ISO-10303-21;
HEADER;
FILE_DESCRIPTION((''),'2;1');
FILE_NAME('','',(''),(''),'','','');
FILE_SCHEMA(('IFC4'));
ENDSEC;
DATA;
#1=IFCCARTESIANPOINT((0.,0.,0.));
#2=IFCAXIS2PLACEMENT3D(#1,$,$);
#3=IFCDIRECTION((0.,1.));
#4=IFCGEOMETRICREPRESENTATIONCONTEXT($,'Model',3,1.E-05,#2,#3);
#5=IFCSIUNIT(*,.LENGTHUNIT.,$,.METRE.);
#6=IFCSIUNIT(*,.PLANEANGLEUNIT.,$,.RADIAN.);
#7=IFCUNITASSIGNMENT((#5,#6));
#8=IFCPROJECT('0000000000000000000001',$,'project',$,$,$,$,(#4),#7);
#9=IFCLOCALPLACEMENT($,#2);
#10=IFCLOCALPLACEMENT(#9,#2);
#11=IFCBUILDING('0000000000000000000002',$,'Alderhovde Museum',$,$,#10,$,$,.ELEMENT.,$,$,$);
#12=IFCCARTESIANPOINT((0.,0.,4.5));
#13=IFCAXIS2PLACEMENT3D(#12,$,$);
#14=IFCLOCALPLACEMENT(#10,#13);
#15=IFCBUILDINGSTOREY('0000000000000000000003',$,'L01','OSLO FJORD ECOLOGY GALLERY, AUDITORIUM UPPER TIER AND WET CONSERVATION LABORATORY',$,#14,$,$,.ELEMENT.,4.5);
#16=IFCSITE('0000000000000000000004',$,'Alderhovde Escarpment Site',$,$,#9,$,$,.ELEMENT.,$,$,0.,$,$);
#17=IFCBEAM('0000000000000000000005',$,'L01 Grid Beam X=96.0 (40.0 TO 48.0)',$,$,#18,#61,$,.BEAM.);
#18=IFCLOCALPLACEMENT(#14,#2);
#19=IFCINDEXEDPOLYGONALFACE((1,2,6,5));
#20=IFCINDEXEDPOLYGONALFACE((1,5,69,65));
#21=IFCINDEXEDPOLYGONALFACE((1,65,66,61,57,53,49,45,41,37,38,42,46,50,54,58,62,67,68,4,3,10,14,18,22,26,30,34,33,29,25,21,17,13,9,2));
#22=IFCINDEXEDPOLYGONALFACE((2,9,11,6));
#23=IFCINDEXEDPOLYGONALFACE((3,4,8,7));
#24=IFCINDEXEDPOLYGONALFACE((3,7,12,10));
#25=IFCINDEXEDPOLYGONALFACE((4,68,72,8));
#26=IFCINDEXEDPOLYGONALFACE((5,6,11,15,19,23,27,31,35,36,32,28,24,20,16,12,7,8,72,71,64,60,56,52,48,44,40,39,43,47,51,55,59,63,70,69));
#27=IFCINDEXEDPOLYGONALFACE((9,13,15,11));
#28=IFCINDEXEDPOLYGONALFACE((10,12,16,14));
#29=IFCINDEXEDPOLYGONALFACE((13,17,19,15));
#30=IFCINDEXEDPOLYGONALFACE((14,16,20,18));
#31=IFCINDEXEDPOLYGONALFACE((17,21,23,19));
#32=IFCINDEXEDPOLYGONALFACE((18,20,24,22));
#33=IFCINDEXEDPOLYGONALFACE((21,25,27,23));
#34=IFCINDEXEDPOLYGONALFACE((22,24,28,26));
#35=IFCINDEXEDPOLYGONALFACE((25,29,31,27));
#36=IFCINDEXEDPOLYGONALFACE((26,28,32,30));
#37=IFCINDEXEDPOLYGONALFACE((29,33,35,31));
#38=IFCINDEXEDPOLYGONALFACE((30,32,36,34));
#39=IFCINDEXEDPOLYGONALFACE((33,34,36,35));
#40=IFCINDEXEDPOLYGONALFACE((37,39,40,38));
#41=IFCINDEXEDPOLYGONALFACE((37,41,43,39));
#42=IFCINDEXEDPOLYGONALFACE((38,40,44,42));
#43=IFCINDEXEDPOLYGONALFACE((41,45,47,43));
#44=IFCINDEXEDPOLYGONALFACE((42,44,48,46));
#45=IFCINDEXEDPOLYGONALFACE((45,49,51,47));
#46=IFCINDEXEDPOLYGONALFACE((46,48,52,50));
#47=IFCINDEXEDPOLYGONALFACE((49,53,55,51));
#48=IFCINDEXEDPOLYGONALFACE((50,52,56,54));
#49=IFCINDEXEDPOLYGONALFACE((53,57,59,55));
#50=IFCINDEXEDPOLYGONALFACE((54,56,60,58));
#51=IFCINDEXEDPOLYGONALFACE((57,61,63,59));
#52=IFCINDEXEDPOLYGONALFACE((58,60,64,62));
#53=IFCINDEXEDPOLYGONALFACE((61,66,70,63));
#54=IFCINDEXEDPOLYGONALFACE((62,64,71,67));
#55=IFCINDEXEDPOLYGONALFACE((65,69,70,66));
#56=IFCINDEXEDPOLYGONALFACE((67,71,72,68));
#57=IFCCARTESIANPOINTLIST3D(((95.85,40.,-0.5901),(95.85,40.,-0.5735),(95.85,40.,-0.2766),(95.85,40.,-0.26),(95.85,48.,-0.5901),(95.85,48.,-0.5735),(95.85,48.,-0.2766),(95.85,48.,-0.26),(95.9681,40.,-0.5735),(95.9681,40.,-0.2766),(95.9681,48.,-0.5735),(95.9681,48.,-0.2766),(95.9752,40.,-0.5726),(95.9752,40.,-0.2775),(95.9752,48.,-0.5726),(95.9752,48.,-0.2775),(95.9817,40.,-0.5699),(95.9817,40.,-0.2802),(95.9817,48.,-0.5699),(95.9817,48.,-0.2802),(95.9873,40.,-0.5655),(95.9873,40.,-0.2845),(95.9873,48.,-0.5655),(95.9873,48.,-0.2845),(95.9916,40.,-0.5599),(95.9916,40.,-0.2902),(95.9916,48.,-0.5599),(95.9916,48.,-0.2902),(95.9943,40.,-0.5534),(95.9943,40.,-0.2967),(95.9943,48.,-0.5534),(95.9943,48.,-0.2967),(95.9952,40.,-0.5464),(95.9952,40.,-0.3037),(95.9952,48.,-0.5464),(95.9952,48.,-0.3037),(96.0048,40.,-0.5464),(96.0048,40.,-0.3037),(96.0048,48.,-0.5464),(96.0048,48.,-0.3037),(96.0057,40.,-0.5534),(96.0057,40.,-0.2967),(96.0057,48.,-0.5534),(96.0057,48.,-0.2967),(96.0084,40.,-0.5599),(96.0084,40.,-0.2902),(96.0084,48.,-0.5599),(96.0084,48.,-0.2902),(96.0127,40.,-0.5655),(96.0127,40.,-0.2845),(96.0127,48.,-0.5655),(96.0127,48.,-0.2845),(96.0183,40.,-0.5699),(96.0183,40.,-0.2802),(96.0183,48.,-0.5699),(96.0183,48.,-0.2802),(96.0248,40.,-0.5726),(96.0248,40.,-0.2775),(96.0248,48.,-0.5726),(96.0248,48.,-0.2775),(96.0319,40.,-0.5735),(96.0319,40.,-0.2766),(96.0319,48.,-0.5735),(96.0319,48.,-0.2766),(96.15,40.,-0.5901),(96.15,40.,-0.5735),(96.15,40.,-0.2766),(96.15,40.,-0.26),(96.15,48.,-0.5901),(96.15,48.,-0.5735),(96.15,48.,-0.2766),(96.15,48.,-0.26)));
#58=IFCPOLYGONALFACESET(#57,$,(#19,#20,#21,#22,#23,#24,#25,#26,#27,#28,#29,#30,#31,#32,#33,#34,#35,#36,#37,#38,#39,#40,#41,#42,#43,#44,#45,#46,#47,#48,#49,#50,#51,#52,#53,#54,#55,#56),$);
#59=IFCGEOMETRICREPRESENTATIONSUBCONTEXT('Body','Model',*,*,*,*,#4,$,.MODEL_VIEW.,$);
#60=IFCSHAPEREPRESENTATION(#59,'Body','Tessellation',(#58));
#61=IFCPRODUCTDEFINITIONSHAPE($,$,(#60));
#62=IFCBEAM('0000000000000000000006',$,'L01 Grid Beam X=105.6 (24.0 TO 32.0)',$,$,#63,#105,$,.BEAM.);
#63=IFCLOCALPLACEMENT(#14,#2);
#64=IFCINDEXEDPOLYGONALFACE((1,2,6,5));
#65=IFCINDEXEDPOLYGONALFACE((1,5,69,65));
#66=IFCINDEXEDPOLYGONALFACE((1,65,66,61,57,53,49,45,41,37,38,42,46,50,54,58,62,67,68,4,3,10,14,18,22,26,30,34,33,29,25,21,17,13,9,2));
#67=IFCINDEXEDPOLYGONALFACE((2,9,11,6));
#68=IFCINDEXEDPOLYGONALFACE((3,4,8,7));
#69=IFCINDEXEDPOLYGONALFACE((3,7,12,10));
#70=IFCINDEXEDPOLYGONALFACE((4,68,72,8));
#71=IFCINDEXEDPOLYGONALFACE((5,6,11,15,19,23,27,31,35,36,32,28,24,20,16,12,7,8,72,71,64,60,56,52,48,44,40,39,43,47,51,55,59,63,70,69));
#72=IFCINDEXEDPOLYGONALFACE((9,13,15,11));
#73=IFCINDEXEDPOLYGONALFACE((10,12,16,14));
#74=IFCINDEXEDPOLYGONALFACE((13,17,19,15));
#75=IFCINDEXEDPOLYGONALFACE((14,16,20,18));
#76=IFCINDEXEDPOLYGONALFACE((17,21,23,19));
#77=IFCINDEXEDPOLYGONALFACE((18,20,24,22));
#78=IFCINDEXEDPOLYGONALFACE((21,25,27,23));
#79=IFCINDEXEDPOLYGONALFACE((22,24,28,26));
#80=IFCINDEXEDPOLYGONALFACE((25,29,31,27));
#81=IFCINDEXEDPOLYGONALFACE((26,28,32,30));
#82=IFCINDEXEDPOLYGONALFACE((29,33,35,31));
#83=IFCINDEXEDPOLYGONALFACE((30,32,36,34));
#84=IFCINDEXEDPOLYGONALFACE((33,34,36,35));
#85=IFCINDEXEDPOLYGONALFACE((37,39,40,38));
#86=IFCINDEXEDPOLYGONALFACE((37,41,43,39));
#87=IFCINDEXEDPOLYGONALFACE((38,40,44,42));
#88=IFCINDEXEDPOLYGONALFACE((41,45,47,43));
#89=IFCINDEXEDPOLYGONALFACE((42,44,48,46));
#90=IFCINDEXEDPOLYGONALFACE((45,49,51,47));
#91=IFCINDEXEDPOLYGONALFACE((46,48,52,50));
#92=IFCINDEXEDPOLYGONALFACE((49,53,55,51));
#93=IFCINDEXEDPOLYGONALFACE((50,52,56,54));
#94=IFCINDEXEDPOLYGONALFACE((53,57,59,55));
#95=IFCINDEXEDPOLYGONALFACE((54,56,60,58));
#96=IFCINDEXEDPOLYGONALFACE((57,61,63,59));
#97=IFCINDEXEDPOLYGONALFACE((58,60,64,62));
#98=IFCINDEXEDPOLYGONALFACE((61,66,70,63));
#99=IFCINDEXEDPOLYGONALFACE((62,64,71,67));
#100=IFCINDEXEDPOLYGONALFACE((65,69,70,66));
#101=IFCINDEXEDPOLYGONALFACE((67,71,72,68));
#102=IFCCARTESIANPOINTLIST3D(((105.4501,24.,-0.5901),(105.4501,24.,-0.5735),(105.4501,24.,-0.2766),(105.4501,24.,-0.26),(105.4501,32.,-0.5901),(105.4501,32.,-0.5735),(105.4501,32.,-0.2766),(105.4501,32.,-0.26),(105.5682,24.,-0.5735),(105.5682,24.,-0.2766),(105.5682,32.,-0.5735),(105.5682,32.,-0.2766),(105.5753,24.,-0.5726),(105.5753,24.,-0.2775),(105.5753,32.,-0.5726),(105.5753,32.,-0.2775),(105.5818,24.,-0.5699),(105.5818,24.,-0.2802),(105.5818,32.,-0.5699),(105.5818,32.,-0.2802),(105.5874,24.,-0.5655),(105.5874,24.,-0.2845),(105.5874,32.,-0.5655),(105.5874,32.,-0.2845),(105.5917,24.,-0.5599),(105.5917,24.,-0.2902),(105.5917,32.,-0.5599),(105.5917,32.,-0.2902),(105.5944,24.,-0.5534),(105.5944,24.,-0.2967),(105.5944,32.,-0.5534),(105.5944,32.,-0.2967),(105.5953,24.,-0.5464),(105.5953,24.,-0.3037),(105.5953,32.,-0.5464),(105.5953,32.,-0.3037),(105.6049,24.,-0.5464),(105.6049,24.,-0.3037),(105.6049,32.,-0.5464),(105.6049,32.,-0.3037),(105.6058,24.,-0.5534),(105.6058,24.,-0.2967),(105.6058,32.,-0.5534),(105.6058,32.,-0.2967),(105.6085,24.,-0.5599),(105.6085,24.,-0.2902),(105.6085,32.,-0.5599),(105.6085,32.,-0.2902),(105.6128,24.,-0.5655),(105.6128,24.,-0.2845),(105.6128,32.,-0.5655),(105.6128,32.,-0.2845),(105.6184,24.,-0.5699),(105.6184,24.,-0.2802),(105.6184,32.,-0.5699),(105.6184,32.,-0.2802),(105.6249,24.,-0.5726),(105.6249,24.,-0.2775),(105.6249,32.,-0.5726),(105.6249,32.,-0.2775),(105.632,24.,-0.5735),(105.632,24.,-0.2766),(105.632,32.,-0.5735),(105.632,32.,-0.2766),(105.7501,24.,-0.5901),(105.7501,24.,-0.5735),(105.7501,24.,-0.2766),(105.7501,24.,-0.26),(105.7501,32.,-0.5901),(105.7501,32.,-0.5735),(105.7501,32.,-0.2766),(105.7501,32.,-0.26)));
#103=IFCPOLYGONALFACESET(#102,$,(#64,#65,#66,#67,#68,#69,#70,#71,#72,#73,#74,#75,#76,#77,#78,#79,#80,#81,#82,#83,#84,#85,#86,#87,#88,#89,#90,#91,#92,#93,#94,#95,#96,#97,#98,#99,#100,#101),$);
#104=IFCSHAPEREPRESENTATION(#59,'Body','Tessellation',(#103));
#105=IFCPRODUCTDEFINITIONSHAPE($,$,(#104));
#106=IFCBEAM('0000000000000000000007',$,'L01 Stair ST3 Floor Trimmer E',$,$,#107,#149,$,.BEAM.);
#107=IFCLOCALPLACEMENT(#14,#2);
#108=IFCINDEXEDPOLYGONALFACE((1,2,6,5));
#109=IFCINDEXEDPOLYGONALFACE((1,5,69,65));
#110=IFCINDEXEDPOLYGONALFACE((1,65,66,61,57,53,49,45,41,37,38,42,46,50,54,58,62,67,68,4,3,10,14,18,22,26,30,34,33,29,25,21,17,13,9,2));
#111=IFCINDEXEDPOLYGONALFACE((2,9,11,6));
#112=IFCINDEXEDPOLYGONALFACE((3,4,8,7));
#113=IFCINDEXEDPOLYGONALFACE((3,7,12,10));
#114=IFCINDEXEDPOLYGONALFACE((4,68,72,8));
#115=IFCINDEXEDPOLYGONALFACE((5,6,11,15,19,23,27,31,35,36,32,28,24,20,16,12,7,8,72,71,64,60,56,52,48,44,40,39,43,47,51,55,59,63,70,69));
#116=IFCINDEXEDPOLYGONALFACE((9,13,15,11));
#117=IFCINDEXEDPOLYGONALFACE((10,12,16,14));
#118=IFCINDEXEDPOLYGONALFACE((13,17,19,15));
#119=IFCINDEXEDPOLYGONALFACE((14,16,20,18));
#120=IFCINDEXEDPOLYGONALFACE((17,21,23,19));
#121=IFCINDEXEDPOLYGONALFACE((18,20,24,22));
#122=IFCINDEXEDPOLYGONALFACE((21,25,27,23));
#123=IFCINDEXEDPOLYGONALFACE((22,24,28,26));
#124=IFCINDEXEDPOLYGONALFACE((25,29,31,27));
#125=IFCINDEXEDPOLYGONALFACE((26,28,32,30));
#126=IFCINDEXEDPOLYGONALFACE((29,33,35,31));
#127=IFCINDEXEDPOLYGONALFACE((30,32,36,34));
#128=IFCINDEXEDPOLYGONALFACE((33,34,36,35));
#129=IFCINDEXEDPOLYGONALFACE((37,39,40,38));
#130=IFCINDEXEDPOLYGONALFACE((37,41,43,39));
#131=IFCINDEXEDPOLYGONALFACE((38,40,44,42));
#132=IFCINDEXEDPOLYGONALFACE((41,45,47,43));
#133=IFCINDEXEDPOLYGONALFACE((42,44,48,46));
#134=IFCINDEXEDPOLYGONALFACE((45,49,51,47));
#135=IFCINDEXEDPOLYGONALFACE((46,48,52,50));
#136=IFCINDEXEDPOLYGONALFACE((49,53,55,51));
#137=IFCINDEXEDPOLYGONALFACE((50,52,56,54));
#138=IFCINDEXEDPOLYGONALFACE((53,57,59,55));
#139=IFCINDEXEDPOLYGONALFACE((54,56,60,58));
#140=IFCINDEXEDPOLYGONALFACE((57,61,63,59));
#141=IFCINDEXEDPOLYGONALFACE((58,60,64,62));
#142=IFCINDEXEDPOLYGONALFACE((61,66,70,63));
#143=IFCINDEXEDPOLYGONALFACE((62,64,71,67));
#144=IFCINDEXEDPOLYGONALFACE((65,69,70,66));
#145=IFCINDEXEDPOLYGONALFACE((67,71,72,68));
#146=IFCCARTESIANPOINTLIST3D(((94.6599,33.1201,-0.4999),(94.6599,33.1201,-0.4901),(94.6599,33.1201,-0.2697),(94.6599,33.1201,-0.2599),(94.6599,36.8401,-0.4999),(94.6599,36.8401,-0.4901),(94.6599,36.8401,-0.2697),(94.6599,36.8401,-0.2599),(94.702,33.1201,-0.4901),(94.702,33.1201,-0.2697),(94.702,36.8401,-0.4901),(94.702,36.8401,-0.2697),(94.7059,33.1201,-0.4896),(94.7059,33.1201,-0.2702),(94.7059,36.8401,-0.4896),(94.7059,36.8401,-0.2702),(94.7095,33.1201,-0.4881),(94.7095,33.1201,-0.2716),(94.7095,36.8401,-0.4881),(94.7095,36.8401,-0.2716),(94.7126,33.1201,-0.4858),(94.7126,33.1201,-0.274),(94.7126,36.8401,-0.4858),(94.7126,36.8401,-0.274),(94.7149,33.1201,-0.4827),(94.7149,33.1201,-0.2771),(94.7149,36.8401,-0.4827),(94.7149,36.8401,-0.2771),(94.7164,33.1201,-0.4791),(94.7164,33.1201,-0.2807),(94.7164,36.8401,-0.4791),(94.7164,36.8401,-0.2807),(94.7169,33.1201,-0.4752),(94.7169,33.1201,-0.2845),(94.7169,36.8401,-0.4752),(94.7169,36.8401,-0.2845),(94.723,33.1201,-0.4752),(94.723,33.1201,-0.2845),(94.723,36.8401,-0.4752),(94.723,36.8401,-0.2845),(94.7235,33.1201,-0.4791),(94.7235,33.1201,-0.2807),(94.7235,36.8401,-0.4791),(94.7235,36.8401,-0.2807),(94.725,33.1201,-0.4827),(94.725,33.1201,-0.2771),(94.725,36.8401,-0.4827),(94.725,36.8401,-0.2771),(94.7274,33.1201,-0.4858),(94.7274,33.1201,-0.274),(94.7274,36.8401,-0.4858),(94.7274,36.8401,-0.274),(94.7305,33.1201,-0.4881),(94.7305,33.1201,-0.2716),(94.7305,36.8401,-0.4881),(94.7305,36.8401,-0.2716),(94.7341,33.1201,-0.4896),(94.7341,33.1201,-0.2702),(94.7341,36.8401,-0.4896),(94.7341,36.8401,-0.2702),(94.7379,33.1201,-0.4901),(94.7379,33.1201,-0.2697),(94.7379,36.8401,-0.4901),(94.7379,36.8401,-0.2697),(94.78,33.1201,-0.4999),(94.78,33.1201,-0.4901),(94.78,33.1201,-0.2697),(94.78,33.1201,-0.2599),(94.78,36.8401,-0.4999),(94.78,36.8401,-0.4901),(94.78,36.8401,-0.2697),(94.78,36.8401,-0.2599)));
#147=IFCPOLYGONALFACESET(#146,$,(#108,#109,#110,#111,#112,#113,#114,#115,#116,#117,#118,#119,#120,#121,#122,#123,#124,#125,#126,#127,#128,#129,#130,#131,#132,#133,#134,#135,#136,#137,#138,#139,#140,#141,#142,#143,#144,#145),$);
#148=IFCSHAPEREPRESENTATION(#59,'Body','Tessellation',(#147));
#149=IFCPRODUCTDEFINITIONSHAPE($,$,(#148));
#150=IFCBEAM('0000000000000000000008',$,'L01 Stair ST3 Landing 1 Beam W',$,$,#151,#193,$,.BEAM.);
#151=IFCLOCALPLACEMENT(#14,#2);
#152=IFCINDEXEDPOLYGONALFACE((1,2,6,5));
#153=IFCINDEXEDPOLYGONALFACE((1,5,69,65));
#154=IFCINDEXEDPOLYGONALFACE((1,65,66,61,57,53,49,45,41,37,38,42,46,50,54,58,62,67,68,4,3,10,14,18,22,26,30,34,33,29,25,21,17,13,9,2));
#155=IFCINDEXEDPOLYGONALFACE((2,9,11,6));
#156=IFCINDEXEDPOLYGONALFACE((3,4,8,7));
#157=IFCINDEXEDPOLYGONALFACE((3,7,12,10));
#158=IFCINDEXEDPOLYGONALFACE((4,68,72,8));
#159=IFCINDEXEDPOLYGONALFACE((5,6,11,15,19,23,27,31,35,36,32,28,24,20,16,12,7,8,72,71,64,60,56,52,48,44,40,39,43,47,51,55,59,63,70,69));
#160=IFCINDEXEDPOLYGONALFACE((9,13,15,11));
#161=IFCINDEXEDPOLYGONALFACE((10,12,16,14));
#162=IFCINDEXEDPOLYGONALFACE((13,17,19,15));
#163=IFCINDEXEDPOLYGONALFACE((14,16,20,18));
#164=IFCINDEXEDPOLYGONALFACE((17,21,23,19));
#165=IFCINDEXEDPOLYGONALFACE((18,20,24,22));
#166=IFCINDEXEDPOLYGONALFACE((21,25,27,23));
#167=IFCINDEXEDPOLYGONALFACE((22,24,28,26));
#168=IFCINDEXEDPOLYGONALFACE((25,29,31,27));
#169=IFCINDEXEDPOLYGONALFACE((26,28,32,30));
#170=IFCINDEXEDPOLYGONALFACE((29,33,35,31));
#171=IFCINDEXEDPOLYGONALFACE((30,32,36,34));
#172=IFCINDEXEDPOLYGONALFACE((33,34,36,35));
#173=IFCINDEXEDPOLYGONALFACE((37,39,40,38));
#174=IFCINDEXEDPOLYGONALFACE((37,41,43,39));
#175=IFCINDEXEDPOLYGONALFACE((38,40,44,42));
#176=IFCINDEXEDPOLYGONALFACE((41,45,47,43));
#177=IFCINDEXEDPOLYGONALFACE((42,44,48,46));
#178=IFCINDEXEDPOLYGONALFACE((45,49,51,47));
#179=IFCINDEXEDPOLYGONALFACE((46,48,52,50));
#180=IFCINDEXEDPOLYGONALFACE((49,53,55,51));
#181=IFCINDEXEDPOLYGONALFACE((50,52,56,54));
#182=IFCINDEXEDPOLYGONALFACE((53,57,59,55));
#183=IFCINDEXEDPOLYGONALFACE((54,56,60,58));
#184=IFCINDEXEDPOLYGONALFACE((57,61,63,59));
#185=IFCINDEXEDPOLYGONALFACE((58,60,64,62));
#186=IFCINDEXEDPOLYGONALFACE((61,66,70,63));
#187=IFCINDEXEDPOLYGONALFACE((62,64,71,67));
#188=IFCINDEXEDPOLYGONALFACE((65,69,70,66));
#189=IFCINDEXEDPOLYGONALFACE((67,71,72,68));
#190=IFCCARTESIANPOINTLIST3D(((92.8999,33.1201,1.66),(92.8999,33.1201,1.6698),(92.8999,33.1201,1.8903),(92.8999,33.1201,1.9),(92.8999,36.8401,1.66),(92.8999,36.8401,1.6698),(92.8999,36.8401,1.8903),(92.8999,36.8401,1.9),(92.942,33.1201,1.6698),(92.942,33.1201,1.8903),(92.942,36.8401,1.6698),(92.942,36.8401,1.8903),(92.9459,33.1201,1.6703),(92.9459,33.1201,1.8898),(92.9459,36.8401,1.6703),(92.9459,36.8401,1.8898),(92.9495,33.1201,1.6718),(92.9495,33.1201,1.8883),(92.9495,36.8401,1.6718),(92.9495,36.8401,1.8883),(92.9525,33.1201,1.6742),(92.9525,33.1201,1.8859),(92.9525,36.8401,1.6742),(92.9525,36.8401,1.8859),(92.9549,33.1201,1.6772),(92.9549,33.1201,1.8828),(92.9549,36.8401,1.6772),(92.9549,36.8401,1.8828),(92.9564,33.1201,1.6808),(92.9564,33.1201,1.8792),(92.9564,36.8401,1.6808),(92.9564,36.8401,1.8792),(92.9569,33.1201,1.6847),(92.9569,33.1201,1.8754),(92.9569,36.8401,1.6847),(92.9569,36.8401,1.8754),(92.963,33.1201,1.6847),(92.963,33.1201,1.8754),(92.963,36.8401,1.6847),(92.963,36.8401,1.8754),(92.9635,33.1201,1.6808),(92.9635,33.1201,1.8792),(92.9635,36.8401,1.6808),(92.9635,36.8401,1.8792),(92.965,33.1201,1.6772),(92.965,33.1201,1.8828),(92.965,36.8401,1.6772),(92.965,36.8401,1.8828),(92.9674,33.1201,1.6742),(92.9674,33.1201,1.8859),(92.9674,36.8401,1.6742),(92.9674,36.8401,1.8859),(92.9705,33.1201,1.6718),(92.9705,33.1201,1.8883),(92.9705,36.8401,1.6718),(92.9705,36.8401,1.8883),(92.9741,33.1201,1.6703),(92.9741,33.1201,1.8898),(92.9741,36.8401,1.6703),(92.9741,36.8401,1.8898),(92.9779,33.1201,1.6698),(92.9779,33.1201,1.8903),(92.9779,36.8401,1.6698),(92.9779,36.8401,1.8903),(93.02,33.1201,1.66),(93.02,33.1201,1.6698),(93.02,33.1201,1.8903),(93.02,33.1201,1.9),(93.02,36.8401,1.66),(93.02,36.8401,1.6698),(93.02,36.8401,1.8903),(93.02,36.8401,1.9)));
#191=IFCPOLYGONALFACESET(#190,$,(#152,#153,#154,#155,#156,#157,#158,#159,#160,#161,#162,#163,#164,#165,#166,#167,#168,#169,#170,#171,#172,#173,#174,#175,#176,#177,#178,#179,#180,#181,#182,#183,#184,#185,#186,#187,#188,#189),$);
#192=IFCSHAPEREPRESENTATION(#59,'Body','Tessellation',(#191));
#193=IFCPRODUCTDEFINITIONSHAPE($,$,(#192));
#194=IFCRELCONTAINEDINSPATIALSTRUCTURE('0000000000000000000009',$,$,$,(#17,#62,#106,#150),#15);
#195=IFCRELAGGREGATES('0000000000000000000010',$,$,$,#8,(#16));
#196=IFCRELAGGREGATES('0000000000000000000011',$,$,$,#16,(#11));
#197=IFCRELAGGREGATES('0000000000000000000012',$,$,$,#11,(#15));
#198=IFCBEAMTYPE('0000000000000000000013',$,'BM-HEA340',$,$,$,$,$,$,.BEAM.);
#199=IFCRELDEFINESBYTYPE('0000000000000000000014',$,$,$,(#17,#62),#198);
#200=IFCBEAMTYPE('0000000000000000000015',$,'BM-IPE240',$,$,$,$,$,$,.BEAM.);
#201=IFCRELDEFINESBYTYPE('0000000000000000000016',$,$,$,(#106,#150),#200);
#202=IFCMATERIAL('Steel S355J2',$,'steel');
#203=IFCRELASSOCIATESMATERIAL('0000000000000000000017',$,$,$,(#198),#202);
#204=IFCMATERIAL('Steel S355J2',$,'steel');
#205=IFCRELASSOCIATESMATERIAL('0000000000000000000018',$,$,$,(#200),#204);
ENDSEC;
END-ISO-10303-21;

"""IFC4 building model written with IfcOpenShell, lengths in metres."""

from ifc_helpers import new_model, si_unit, direction, frame, origin, origin_2d, place, context, subcontext, project, spatial, i_section, extrude, material, material_profile, profile_set, type_object, element, save


model = new_model("IFC4")

# Units and contexts
model_context = context("Model", 3, precision=1e-05, world=origin(), true_north=direction((0.0, 1.0)))
body_context = subcontext(model_context, "Body", "Model", "MODEL_VIEW")
ifc_project = project(units=[si_unit("LENGTHUNIT", "METRE"), si_unit("PLANEANGLEUNIT", "RADIAN")], contexts=[model_context])

# Site, building, storey
site_placement = place(None, origin())
site = spatial("IfcSite", under=ifc_project, at=site_placement, Name="Alderhovde Escarpment Site", CompositionType="ELEMENT", RefElevation=0.0)
building_placement = place(site_placement, origin())
building = spatial("IfcBuilding", under=site, at=building_placement, Name="Alderhovde Museum", CompositionType="ELEMENT")
storey_placement = place(building_placement, frame((0.0, 0.0, 4.5)))
storey = spatial("IfcBuildingStorey", under=building, at=storey_placement, Name="L01", Description="OSLO FJORD ECOLOGY GALLERY, AUDITORIUM UPPER TIER AND WET CONSERVATION LABORATORY", CompositionType="ELEMENT", Elevation=4.5)

# Beams
ifc_material_1 = material(Name="Steel S355J2", Category="steel")
ifc_material_profile_1 = material_profile(ifc_material_1, i_section(OverallWidth=0.3, OverallDepth=0.3301, WebThickness=0.0095, FlangeThickness=0.0166, FilletRadius=0.0271, at=origin_2d()), Name="HEA 340")
ifc_profile_set_1 = profile_set([ifc_material_profile_1], Name="Steel S355J2")
beam_type_1 = type_object("IfcBeamType", Name="BM-HEA340", PredefinedType="BEAM", material=ifc_profile_set_1)
for number, where, z_axis, x_axis, name in (
    (1, (96.0, 40.0, -0.425), (0.0, 1.0, 0.0), (-1.0, 0.0, 0.0), "L01 Grid Beam X=96.0 (40.0 TO 48.0)"),
    (2, (105.6001, 24.0, -0.425), (0.0, 1.0, 0.0), (-1.0, 0.0, 0.0), "L01 Grid Beam X=105.6 (24.0 TO 32.0)"),
):
    element("IfcBeam", number, at=place(storey_placement, frame(where, z_axis=z_axis, x_axis=x_axis)), inside=storey, type_object=beam_type_1, Name=name, PredefinedType="BEAM", context=body_context, shape_type="SweptSolid", body=[
        extrude(i_section(OverallWidth=0.3, OverallDepth=0.3301, WebThickness=0.0095, FlangeThickness=0.0166, FilletRadius=0.0271, at=origin_2d()), origin(), (0.0, 0.0, 1.0), 8.0),
    ])
ifc_material_2 = material(Name="Steel S355J2", Category="steel")
ifc_material_profile_2 = material_profile(ifc_material_2, i_section(OverallWidth=0.1201, OverallDepth=0.24, WebThickness=0.0061, FlangeThickness=0.0098, FilletRadius=0.0149, at=origin_2d()), Name="IPE 240")
ifc_profile_set_2 = profile_set([ifc_material_profile_2], Name="Steel S355J2")
beam_type_2 = type_object("IfcBeamType", Name="BM-IPE240", PredefinedType="BEAM", material=ifc_profile_set_2)
for number, where, z_axis, x_axis, name in (
    (3, (94.72, 33.1201, -0.3799), (0.0, 1.0, 0.0), (-1.0, 0.0, 0.0), "L01 Stair ST3 Floor Trimmer E"),
    (4, (92.96, 33.1201, 1.78), (0.0, 1.0, 0.0), (-1.0, 0.0, 0.0), "L01 Stair ST3 Landing 1 Beam W"),
):
    element("IfcBeam", number, at=place(storey_placement, frame(where, z_axis=z_axis, x_axis=x_axis)), inside=storey, type_object=beam_type_2, Name=name, PredefinedType="BEAM", context=body_context, shape_type="SweptSolid", body=[
        extrude(i_section(OverallWidth=0.1201, OverallDepth=0.24, WebThickness=0.0061, FlangeThickness=0.0098, FilletRadius=0.0149, at=origin_2d()), origin(), (0.0, 0.0, 1.0), 3.72),
    ])

save(model, "model.ifc")
